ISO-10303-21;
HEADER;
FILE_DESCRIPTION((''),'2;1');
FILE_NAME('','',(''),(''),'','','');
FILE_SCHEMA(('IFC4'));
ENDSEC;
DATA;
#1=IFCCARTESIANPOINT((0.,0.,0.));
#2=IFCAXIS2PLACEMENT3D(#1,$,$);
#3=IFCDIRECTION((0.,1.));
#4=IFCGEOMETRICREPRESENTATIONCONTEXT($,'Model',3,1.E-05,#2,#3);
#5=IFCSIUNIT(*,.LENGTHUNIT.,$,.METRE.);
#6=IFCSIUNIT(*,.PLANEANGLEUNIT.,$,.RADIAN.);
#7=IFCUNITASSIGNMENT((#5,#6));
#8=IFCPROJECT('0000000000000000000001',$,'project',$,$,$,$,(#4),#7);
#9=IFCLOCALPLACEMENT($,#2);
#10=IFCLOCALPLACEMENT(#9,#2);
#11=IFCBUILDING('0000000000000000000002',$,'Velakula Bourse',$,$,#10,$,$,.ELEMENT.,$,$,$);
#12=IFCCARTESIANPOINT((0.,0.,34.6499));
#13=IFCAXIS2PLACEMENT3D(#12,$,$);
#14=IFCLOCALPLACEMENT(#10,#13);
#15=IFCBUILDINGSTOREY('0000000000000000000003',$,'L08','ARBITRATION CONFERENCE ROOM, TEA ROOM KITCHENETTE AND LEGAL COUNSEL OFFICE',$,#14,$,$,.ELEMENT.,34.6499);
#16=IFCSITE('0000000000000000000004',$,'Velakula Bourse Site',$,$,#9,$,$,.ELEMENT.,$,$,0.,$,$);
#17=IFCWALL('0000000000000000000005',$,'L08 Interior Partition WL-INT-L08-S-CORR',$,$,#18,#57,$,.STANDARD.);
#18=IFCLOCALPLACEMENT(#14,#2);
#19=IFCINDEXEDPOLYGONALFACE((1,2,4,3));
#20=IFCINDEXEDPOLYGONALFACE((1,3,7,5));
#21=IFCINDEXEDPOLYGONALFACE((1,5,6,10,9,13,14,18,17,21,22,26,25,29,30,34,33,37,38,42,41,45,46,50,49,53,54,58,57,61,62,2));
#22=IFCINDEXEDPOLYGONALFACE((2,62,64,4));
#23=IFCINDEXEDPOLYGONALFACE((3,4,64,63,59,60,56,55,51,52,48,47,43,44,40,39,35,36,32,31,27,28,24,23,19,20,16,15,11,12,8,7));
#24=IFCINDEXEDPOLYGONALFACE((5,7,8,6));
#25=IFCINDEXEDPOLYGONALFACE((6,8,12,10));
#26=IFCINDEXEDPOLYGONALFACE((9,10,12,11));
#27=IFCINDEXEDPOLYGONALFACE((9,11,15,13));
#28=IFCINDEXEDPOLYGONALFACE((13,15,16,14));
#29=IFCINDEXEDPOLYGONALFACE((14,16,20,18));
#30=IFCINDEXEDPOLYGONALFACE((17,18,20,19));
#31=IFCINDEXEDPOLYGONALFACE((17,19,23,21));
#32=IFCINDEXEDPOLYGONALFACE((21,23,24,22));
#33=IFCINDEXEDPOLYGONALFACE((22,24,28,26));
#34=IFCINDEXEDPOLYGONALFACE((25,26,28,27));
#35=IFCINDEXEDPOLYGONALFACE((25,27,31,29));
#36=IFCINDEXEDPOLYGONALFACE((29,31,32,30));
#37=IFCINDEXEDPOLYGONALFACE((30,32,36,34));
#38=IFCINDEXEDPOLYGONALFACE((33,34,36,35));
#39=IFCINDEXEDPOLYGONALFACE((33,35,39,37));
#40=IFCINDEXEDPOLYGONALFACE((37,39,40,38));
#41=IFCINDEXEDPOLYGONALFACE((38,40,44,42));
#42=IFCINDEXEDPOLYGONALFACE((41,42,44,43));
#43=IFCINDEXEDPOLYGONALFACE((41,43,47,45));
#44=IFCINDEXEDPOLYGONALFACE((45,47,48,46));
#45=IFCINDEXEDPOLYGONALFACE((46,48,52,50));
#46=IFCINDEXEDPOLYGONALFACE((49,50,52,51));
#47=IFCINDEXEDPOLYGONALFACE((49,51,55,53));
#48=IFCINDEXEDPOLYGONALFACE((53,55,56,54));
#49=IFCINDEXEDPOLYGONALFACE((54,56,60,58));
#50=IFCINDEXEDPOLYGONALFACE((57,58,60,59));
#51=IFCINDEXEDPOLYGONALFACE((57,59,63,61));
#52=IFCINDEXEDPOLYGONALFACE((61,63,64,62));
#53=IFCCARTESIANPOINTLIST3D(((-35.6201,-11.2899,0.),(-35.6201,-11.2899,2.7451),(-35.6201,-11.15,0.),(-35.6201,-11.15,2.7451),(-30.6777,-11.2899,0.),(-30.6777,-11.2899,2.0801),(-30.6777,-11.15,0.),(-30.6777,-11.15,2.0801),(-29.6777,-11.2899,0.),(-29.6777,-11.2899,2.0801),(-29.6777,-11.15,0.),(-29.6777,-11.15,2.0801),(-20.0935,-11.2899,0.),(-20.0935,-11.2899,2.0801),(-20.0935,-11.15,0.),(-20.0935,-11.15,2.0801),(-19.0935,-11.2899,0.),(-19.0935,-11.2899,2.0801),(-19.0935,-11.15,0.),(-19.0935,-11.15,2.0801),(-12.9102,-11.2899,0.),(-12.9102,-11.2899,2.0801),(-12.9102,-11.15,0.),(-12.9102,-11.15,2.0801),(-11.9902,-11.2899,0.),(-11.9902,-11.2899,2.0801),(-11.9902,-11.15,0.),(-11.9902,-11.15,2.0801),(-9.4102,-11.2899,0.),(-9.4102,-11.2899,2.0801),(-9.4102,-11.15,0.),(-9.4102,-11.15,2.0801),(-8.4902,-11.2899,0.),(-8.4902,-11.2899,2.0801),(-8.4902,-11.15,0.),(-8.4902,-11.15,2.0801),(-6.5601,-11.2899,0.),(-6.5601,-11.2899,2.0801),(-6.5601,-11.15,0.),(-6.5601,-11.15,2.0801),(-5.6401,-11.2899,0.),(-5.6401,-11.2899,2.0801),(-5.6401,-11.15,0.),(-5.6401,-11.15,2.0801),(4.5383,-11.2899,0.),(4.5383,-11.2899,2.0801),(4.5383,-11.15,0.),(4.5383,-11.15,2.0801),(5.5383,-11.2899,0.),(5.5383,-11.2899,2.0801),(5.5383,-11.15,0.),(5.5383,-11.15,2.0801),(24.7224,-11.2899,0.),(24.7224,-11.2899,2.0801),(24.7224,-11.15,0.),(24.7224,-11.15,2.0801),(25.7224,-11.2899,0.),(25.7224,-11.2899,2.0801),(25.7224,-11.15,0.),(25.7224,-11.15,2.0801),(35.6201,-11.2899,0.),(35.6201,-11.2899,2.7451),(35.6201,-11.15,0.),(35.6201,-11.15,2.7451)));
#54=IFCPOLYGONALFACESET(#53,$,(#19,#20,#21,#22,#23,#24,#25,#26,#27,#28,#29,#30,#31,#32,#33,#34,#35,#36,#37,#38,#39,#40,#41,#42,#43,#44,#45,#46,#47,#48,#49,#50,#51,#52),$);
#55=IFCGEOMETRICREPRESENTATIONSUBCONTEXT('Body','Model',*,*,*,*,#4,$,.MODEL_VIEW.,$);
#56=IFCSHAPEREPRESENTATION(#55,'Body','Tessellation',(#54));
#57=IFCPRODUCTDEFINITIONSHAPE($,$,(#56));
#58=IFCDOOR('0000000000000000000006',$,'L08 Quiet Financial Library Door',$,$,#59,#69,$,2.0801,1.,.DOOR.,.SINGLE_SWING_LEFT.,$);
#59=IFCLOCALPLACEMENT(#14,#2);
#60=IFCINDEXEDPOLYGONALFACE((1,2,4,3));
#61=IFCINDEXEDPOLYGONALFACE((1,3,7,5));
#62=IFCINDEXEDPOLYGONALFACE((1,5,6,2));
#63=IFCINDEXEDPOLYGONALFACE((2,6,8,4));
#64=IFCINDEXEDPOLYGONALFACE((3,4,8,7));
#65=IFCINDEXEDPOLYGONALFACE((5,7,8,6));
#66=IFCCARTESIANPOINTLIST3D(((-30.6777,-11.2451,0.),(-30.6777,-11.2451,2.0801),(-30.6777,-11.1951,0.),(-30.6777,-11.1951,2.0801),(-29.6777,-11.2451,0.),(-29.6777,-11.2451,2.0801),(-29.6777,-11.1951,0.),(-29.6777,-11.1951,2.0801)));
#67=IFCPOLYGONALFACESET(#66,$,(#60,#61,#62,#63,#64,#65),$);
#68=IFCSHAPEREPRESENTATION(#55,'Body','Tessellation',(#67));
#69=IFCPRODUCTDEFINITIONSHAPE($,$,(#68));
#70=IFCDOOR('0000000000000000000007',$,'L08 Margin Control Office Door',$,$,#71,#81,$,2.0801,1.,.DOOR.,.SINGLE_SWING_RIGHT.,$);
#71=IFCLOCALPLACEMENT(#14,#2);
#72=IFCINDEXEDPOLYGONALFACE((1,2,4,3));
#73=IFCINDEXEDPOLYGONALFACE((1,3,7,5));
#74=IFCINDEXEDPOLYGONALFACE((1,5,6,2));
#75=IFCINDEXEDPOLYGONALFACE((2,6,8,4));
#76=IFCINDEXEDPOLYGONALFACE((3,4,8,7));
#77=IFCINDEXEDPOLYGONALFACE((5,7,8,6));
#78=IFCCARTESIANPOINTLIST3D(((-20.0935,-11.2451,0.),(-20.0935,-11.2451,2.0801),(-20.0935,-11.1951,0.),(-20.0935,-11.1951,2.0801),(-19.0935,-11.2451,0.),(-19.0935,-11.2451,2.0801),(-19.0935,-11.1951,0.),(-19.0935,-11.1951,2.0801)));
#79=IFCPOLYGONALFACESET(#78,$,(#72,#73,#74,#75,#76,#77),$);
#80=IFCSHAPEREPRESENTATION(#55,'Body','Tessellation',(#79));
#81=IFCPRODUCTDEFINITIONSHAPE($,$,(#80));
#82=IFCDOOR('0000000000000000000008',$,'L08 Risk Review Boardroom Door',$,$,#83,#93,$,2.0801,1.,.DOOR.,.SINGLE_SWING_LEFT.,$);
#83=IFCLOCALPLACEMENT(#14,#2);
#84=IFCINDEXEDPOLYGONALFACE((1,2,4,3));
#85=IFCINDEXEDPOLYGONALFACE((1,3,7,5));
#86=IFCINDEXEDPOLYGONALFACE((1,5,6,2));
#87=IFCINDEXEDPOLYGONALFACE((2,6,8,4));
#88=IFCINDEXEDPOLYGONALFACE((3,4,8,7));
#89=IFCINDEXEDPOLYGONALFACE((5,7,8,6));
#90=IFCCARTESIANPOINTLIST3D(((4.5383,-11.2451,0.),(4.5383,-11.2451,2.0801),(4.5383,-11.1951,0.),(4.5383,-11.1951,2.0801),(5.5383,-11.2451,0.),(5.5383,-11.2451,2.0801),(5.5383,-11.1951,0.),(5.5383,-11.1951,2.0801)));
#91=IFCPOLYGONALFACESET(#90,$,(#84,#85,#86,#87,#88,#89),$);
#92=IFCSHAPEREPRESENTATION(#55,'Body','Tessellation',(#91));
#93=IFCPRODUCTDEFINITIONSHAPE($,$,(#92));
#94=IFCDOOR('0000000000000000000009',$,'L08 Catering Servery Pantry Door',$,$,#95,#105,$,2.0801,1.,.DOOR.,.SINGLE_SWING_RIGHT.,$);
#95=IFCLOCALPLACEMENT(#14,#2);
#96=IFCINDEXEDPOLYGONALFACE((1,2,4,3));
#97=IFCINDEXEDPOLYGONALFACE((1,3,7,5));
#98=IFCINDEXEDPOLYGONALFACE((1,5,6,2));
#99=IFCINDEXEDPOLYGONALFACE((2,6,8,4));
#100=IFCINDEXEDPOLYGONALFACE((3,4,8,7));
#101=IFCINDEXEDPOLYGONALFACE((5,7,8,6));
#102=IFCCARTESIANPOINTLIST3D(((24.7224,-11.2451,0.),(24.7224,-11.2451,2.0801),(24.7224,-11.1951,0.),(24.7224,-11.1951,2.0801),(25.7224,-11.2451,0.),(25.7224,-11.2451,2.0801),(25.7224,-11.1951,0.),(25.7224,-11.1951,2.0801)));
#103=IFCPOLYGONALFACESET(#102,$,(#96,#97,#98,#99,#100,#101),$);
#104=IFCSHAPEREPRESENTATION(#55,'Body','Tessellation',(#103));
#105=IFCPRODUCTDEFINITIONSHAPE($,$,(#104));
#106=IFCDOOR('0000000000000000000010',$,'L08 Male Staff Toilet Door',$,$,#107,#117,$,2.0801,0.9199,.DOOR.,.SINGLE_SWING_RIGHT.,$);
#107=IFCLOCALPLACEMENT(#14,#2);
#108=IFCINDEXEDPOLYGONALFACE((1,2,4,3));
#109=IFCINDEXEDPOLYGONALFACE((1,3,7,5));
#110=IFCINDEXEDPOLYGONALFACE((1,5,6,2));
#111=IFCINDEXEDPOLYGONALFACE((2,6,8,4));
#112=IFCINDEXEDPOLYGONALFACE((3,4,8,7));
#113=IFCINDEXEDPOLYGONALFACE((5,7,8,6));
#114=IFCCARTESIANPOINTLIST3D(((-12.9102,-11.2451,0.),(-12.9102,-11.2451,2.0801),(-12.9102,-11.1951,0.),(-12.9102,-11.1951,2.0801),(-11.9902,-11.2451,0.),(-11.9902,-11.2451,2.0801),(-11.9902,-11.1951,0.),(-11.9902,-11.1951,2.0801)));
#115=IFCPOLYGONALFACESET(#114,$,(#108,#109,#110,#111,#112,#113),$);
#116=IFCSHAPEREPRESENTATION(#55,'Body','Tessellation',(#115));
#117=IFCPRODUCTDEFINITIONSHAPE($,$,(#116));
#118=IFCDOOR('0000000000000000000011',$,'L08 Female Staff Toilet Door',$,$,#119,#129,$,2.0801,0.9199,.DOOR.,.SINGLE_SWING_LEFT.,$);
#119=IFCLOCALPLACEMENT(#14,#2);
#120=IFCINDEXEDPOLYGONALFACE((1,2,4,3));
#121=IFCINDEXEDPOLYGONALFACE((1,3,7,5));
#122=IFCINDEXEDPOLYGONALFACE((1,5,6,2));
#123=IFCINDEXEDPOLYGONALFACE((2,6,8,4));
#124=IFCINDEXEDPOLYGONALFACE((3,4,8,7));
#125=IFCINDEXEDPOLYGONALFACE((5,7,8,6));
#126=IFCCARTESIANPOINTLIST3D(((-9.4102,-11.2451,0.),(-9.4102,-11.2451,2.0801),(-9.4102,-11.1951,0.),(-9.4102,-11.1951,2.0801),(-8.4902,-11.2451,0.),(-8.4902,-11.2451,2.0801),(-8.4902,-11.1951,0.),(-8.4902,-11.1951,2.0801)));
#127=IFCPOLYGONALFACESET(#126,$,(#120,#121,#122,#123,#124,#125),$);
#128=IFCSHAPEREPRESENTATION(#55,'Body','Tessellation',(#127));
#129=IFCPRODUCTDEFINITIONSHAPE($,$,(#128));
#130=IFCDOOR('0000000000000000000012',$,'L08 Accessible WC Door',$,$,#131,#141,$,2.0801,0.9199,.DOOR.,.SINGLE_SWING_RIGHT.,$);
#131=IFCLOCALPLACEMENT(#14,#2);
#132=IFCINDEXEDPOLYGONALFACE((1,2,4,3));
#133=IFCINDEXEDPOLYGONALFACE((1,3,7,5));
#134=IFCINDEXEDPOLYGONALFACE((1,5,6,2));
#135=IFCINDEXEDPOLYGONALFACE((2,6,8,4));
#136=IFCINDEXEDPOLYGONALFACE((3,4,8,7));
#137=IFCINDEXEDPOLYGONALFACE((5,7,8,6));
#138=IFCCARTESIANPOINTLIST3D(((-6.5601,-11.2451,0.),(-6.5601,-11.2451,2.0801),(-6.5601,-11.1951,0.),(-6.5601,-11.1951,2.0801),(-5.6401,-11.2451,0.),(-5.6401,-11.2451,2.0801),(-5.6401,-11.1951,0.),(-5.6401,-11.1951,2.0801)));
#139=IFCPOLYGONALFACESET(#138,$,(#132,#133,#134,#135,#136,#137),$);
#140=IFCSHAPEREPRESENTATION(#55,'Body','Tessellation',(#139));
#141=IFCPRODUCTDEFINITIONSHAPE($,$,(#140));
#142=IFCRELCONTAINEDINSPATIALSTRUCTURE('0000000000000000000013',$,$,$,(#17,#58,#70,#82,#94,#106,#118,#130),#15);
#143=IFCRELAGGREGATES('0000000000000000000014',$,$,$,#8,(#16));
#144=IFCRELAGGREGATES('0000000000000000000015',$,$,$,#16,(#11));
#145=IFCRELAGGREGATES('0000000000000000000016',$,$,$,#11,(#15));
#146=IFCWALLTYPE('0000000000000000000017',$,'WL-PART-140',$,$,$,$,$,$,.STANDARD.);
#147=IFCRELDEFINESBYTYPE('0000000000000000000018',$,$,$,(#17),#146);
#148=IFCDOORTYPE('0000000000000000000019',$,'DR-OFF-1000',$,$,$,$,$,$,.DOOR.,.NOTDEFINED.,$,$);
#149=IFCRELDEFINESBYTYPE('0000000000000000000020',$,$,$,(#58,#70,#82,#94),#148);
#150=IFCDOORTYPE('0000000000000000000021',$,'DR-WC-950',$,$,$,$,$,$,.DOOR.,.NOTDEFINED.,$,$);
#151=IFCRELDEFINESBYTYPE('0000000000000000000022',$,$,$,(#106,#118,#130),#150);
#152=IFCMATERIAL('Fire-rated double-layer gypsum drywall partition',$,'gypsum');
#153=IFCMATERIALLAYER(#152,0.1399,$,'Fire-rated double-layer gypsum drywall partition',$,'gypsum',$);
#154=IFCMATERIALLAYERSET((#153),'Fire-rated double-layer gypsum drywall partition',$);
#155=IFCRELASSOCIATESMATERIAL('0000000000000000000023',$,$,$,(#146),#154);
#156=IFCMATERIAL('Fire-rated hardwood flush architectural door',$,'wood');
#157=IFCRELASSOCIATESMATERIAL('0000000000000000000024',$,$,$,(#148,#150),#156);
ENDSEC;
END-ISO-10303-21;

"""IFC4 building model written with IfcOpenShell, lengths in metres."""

from ifc_helpers import new_model, si_unit, direction, frame, frame_2d, origin, place, context, subcontext, project, spatial, rectangle, extrude, material, layer, layer_set, type_object, element, fill, save


model = new_model("IFC4")

# Units and contexts
model_context = context("Model", 3, precision=1e-05, world=origin(), true_north=direction((0.0, 1.0)))
body_context = subcontext(model_context, "Body", "Model", "MODEL_VIEW")
ifc_project = project(units=[si_unit("LENGTHUNIT", "METRE"), si_unit("PLANEANGLEUNIT", "RADIAN")], contexts=[model_context])

# Site, building, storey
site_placement = place(None, origin())
site = spatial("IfcSite", under=ifc_project, at=site_placement, Name="Velakula Bourse Site", CompositionType="ELEMENT", RefElevation=0.0)
building_placement = place(site_placement, origin())
building = spatial("IfcBuilding", under=site, at=building_placement, Name="Velakula Bourse", CompositionType="ELEMENT")
storey_placement = place(building_placement, frame((0.0, 0.0, 34.6499)))
storey = spatial("IfcBuildingStorey", under=building, at=storey_placement, Name="L08", Description="ARBITRATION CONFERENCE ROOM, TEA ROOM KITCHENETTE AND LEGAL COUNSEL OFFICE", CompositionType="ELEMENT", Elevation=34.6499)

# Wall, openings, doors
ifc_material_1 = material(Name="Fire-rated double-layer gypsum drywall partition", Category="gypsum")
ifc_layer_1 = layer(ifc_material_1, 0.1399, Name="Fire-rated double-layer gypsum drywall partition", Category="gypsum")
ifc_layer_set_1 = layer_set([ifc_layer_1], Name="Fire-rated double-layer gypsum drywall partition")
wall_type_1 = type_object("IfcWallType", Name="WL-PART-140", PredefinedType="STANDARD", material=ifc_layer_set_1)
wall_1_placement = place(storey_placement, frame((-35.6201, -11.22, 0.0), z_axis=(0.0, 0.0, 1.0), x_axis=(1.0, 0.0, 0.0)))
wall_1 = element("IfcWall", 1, at=wall_1_placement, inside=storey, type_object=wall_type_1, Name="L08 Interior Partition WL-INT-L08-S-CORR", PredefinedType="STANDARD", context=body_context, shape_type="SweptSolid", body=[
    extrude(rectangle(XDim=71.2402, YDim=0.1399, at=frame_2d((35.6201, 0.0))), origin(), (0.0, 0.0, 1.0), 2.7451),
])
opening_1_placement = place(wall_1_placement, frame((22.71, 0.0, 0.0)))
opening_1 = element("IfcOpeningElement", 2, at=opening_1_placement, cuts=wall_1, PredefinedType="OPENING", context=body_context, shape_type="SweptSolid", body=[
    extrude(rectangle(XDim=0.9199, YDim=2.0801, at=frame_2d((0.46, 1.04))), frame((0.0, 0.0798, 0.0), z_axis=(0.0, -1.0, 0.0), x_axis=(1.0, 0.0, 0.0)), (0.0, 0.0, 1.0), 0.1599),
])
opening_2_placement = place(wall_1_placement, frame((26.21, 0.0, 0.0)))
opening_2 = element("IfcOpeningElement", 3, at=opening_2_placement, cuts=wall_1, PredefinedType="OPENING", context=body_context, shape_type="SweptSolid", body=[
    extrude(rectangle(XDim=0.9199, YDim=2.0801, at=frame_2d((0.46, 1.04))), frame((0.0, 0.0798, 0.0), z_axis=(0.0, -1.0, 0.0), x_axis=(1.0, 0.0, 0.0)), (0.0, 0.0, 1.0), 0.1599),
])
opening_3_placement = place(wall_1_placement, frame((29.0601, 0.0, 0.0)))
opening_3 = element("IfcOpeningElement", 4, at=opening_3_placement, cuts=wall_1, PredefinedType="OPENING", context=body_context, shape_type="SweptSolid", body=[
    extrude(rectangle(XDim=0.9199, YDim=2.0801, at=frame_2d((0.46, 1.04))), frame((0.0, 0.0798, 0.0), z_axis=(0.0, -1.0, 0.0), x_axis=(1.0, 0.0, 0.0)), (0.0, 0.0, 1.0), 0.1599),
])
opening_4_placement = place(wall_1_placement, frame((4.9424, 0.0, 0.0)))
opening_4 = element("IfcOpeningElement", 5, at=opening_4_placement, cuts=wall_1, PredefinedType="OPENING", context=body_context, shape_type="SweptSolid", body=[
    extrude(rectangle(XDim=1.0, YDim=2.0801, at=frame_2d((0.5, 1.04))), frame((0.0, 0.0798, 0.0), z_axis=(0.0, -1.0, 0.0), x_axis=(1.0, 0.0, 0.0)), (0.0, 0.0, 1.0), 0.1599),
])
opening_5_placement = place(wall_1_placement, frame((15.5266, 0.0, 0.0)))
opening_5 = element("IfcOpeningElement", 6, at=opening_5_placement, cuts=wall_1, PredefinedType="OPENING", context=body_context, shape_type="SweptSolid", body=[
    extrude(rectangle(XDim=1.0, YDim=2.0801, at=frame_2d((0.5, 1.04))), frame((0.0, 0.0798, 0.0), z_axis=(0.0, -1.0, 0.0), x_axis=(1.0, 0.0, 0.0)), (0.0, 0.0, 1.0), 0.1599),
])
opening_6_placement = place(wall_1_placement, frame((40.1584, 0.0, 0.0)))
opening_6 = element("IfcOpeningElement", 7, at=opening_6_placement, cuts=wall_1, PredefinedType="OPENING", context=body_context, shape_type="SweptSolid", body=[
    extrude(rectangle(XDim=1.0, YDim=2.0801, at=frame_2d((0.5, 1.04))), frame((0.0, 0.0798, 0.0), z_axis=(0.0, -1.0, 0.0), x_axis=(1.0, 0.0, 0.0)), (0.0, 0.0, 1.0), 0.1599),
])
opening_7_placement = place(wall_1_placement, frame((60.3425, 0.0, 0.0)))
opening_7 = element("IfcOpeningElement", 8, at=opening_7_placement, cuts=wall_1, PredefinedType="OPENING", context=body_context, shape_type="SweptSolid", body=[
    extrude(rectangle(XDim=1.0, YDim=2.0801, at=frame_2d((0.5, 1.04))), frame((0.0, 0.0798, 0.0), z_axis=(0.0, -1.0, 0.0), x_axis=(1.0, 0.0, 0.0)), (0.0, 0.0, 1.0), 0.1599),
])
ifc_material_2 = material(Name="Fire-rated hardwood flush architectural door", Category="wood")
door_type_1 = type_object("IfcDoorType", Name="DR-OFF-1000", OperationType="NOTDEFINED", PredefinedType="DOOR", material=ifc_material_2)
door_1_placement = place(opening_4_placement, origin())
door_1 = element("IfcDoor", 9, at=door_1_placement, inside=storey, type_object=door_type_1, Name="L08 Quiet Financial Library Door", OperationType="SINGLE_SWING_LEFT", OverallHeight=2.0801, OverallWidth=1.0, PredefinedType="DOOR", context=body_context, shape_type="SweptSolid", body=[
    extrude(rectangle(XDim=1.0, YDim=2.0801, at=frame_2d((0.5, 1.04))), frame((0.0, 0.0249, 0.0), z_axis=(0.0, -1.0, 0.0), x_axis=(1.0, 0.0, 0.0)), (0.0, 0.0, 1.0), 0.05),
])
fill(opening_4, door_1)
door_2_placement = place(opening_5_placement, origin())
door_2 = element("IfcDoor", 10, at=door_2_placement, inside=storey, type_object=door_type_1, Name="L08 Margin Control Office Door", OperationType="SINGLE_SWING_RIGHT", OverallHeight=2.0801, OverallWidth=1.0, PredefinedType="DOOR", context=body_context, shape_type="SweptSolid", body=[
    extrude(rectangle(XDim=1.0, YDim=2.0801, at=frame_2d((0.5, 1.04))), frame((0.0, 0.0249, 0.0), z_axis=(0.0, -1.0, 0.0), x_axis=(1.0, 0.0, 0.0)), (0.0, 0.0, 1.0), 0.05),
])
fill(opening_5, door_2)
door_3_placement = place(opening_6_placement, origin())
door_3 = element("IfcDoor", 11, at=door_3_placement, inside=storey, type_object=door_type_1, Name="L08 Risk Review Boardroom Door", OperationType="SINGLE_SWING_LEFT", OverallHeight=2.0801, OverallWidth=1.0, PredefinedType="DOOR", context=body_context, shape_type="SweptSolid", body=[
    extrude(rectangle(XDim=1.0, YDim=2.0801, at=frame_2d((0.5, 1.04))), frame((0.0, 0.0249, 0.0), z_axis=(0.0, -1.0, 0.0), x_axis=(1.0, 0.0, 0.0)), (0.0, 0.0, 1.0), 0.05),
])
fill(opening_6, door_3)
door_4_placement = place(opening_7_placement, origin())
door_4 = element("IfcDoor", 12, at=door_4_placement, inside=storey, type_object=door_type_1, Name="L08 Catering Servery Pantry Door", OperationType="SINGLE_SWING_RIGHT", OverallHeight=2.0801, OverallWidth=1.0, PredefinedType="DOOR", context=body_context, shape_type="SweptSolid", body=[
    extrude(rectangle(XDim=1.0, YDim=2.0801, at=frame_2d((0.5, 1.04))), frame((0.0, 0.0249, 0.0), z_axis=(0.0, -1.0, 0.0), x_axis=(1.0, 0.0, 0.0)), (0.0, 0.0, 1.0), 0.05),
])
fill(opening_7, door_4)
door_type_2 = type_object("IfcDoorType", Name="DR-WC-950", OperationType="NOTDEFINED", PredefinedType="DOOR", material=ifc_material_2)
door_5_placement = place(opening_1_placement, origin())
door_5 = element("IfcDoor", 13, at=door_5_placement, inside=storey, type_object=door_type_2, Name="L08 Male Staff Toilet Door", OperationType="SINGLE_SWING_RIGHT", OverallHeight=2.0801, OverallWidth=0.9199, PredefinedType="DOOR", context=body_context, shape_type="SweptSolid", body=[
    extrude(rectangle(XDim=0.9199, YDim=2.0801, at=frame_2d((0.46, 1.04))), frame((0.0, 0.0249, 0.0), z_axis=(0.0, -1.0, 0.0), x_axis=(1.0, 0.0, 0.0)), (0.0, 0.0, 1.0), 0.05),
])
fill(opening_1, door_5)
door_6_placement = place(opening_2_placement, origin())
door_6 = element("IfcDoor", 14, at=door_6_placement, inside=storey, type_object=door_type_2, Name="L08 Female Staff Toilet Door", OperationType="SINGLE_SWING_LEFT", OverallHeight=2.0801, OverallWidth=0.9199, PredefinedType="DOOR", context=body_context, shape_type="SweptSolid", body=[
    extrude(rectangle(XDim=0.9199, YDim=2.0801, at=frame_2d((0.46, 1.04))), frame((0.0, 0.0249, 0.0), z_axis=(0.0, -1.0, 0.0), x_axis=(1.0, 0.0, 0.0)), (0.0, 0.0, 1.0), 0.05),
])
fill(opening_2, door_6)
door_7_placement = place(opening_3_placement, origin())
door_7 = element("IfcDoor", 15, at=door_7_placement, inside=storey, type_object=door_type_2, Name="L08 Accessible WC Door", OperationType="SINGLE_SWING_RIGHT", OverallHeight=2.0801, OverallWidth=0.9199, PredefinedType="DOOR", context=body_context, shape_type="SweptSolid", body=[
    extrude(rectangle(XDim=0.9199, YDim=2.0801, at=frame_2d((0.46, 1.04))), frame((0.0, 0.0249, 0.0), z_axis=(0.0, -1.0, 0.0), x_axis=(1.0, 0.0, 0.0)), (0.0, 0.0, 1.0), 0.05),
])
fill(opening_3, door_7)

save(model, "model.ifc")
